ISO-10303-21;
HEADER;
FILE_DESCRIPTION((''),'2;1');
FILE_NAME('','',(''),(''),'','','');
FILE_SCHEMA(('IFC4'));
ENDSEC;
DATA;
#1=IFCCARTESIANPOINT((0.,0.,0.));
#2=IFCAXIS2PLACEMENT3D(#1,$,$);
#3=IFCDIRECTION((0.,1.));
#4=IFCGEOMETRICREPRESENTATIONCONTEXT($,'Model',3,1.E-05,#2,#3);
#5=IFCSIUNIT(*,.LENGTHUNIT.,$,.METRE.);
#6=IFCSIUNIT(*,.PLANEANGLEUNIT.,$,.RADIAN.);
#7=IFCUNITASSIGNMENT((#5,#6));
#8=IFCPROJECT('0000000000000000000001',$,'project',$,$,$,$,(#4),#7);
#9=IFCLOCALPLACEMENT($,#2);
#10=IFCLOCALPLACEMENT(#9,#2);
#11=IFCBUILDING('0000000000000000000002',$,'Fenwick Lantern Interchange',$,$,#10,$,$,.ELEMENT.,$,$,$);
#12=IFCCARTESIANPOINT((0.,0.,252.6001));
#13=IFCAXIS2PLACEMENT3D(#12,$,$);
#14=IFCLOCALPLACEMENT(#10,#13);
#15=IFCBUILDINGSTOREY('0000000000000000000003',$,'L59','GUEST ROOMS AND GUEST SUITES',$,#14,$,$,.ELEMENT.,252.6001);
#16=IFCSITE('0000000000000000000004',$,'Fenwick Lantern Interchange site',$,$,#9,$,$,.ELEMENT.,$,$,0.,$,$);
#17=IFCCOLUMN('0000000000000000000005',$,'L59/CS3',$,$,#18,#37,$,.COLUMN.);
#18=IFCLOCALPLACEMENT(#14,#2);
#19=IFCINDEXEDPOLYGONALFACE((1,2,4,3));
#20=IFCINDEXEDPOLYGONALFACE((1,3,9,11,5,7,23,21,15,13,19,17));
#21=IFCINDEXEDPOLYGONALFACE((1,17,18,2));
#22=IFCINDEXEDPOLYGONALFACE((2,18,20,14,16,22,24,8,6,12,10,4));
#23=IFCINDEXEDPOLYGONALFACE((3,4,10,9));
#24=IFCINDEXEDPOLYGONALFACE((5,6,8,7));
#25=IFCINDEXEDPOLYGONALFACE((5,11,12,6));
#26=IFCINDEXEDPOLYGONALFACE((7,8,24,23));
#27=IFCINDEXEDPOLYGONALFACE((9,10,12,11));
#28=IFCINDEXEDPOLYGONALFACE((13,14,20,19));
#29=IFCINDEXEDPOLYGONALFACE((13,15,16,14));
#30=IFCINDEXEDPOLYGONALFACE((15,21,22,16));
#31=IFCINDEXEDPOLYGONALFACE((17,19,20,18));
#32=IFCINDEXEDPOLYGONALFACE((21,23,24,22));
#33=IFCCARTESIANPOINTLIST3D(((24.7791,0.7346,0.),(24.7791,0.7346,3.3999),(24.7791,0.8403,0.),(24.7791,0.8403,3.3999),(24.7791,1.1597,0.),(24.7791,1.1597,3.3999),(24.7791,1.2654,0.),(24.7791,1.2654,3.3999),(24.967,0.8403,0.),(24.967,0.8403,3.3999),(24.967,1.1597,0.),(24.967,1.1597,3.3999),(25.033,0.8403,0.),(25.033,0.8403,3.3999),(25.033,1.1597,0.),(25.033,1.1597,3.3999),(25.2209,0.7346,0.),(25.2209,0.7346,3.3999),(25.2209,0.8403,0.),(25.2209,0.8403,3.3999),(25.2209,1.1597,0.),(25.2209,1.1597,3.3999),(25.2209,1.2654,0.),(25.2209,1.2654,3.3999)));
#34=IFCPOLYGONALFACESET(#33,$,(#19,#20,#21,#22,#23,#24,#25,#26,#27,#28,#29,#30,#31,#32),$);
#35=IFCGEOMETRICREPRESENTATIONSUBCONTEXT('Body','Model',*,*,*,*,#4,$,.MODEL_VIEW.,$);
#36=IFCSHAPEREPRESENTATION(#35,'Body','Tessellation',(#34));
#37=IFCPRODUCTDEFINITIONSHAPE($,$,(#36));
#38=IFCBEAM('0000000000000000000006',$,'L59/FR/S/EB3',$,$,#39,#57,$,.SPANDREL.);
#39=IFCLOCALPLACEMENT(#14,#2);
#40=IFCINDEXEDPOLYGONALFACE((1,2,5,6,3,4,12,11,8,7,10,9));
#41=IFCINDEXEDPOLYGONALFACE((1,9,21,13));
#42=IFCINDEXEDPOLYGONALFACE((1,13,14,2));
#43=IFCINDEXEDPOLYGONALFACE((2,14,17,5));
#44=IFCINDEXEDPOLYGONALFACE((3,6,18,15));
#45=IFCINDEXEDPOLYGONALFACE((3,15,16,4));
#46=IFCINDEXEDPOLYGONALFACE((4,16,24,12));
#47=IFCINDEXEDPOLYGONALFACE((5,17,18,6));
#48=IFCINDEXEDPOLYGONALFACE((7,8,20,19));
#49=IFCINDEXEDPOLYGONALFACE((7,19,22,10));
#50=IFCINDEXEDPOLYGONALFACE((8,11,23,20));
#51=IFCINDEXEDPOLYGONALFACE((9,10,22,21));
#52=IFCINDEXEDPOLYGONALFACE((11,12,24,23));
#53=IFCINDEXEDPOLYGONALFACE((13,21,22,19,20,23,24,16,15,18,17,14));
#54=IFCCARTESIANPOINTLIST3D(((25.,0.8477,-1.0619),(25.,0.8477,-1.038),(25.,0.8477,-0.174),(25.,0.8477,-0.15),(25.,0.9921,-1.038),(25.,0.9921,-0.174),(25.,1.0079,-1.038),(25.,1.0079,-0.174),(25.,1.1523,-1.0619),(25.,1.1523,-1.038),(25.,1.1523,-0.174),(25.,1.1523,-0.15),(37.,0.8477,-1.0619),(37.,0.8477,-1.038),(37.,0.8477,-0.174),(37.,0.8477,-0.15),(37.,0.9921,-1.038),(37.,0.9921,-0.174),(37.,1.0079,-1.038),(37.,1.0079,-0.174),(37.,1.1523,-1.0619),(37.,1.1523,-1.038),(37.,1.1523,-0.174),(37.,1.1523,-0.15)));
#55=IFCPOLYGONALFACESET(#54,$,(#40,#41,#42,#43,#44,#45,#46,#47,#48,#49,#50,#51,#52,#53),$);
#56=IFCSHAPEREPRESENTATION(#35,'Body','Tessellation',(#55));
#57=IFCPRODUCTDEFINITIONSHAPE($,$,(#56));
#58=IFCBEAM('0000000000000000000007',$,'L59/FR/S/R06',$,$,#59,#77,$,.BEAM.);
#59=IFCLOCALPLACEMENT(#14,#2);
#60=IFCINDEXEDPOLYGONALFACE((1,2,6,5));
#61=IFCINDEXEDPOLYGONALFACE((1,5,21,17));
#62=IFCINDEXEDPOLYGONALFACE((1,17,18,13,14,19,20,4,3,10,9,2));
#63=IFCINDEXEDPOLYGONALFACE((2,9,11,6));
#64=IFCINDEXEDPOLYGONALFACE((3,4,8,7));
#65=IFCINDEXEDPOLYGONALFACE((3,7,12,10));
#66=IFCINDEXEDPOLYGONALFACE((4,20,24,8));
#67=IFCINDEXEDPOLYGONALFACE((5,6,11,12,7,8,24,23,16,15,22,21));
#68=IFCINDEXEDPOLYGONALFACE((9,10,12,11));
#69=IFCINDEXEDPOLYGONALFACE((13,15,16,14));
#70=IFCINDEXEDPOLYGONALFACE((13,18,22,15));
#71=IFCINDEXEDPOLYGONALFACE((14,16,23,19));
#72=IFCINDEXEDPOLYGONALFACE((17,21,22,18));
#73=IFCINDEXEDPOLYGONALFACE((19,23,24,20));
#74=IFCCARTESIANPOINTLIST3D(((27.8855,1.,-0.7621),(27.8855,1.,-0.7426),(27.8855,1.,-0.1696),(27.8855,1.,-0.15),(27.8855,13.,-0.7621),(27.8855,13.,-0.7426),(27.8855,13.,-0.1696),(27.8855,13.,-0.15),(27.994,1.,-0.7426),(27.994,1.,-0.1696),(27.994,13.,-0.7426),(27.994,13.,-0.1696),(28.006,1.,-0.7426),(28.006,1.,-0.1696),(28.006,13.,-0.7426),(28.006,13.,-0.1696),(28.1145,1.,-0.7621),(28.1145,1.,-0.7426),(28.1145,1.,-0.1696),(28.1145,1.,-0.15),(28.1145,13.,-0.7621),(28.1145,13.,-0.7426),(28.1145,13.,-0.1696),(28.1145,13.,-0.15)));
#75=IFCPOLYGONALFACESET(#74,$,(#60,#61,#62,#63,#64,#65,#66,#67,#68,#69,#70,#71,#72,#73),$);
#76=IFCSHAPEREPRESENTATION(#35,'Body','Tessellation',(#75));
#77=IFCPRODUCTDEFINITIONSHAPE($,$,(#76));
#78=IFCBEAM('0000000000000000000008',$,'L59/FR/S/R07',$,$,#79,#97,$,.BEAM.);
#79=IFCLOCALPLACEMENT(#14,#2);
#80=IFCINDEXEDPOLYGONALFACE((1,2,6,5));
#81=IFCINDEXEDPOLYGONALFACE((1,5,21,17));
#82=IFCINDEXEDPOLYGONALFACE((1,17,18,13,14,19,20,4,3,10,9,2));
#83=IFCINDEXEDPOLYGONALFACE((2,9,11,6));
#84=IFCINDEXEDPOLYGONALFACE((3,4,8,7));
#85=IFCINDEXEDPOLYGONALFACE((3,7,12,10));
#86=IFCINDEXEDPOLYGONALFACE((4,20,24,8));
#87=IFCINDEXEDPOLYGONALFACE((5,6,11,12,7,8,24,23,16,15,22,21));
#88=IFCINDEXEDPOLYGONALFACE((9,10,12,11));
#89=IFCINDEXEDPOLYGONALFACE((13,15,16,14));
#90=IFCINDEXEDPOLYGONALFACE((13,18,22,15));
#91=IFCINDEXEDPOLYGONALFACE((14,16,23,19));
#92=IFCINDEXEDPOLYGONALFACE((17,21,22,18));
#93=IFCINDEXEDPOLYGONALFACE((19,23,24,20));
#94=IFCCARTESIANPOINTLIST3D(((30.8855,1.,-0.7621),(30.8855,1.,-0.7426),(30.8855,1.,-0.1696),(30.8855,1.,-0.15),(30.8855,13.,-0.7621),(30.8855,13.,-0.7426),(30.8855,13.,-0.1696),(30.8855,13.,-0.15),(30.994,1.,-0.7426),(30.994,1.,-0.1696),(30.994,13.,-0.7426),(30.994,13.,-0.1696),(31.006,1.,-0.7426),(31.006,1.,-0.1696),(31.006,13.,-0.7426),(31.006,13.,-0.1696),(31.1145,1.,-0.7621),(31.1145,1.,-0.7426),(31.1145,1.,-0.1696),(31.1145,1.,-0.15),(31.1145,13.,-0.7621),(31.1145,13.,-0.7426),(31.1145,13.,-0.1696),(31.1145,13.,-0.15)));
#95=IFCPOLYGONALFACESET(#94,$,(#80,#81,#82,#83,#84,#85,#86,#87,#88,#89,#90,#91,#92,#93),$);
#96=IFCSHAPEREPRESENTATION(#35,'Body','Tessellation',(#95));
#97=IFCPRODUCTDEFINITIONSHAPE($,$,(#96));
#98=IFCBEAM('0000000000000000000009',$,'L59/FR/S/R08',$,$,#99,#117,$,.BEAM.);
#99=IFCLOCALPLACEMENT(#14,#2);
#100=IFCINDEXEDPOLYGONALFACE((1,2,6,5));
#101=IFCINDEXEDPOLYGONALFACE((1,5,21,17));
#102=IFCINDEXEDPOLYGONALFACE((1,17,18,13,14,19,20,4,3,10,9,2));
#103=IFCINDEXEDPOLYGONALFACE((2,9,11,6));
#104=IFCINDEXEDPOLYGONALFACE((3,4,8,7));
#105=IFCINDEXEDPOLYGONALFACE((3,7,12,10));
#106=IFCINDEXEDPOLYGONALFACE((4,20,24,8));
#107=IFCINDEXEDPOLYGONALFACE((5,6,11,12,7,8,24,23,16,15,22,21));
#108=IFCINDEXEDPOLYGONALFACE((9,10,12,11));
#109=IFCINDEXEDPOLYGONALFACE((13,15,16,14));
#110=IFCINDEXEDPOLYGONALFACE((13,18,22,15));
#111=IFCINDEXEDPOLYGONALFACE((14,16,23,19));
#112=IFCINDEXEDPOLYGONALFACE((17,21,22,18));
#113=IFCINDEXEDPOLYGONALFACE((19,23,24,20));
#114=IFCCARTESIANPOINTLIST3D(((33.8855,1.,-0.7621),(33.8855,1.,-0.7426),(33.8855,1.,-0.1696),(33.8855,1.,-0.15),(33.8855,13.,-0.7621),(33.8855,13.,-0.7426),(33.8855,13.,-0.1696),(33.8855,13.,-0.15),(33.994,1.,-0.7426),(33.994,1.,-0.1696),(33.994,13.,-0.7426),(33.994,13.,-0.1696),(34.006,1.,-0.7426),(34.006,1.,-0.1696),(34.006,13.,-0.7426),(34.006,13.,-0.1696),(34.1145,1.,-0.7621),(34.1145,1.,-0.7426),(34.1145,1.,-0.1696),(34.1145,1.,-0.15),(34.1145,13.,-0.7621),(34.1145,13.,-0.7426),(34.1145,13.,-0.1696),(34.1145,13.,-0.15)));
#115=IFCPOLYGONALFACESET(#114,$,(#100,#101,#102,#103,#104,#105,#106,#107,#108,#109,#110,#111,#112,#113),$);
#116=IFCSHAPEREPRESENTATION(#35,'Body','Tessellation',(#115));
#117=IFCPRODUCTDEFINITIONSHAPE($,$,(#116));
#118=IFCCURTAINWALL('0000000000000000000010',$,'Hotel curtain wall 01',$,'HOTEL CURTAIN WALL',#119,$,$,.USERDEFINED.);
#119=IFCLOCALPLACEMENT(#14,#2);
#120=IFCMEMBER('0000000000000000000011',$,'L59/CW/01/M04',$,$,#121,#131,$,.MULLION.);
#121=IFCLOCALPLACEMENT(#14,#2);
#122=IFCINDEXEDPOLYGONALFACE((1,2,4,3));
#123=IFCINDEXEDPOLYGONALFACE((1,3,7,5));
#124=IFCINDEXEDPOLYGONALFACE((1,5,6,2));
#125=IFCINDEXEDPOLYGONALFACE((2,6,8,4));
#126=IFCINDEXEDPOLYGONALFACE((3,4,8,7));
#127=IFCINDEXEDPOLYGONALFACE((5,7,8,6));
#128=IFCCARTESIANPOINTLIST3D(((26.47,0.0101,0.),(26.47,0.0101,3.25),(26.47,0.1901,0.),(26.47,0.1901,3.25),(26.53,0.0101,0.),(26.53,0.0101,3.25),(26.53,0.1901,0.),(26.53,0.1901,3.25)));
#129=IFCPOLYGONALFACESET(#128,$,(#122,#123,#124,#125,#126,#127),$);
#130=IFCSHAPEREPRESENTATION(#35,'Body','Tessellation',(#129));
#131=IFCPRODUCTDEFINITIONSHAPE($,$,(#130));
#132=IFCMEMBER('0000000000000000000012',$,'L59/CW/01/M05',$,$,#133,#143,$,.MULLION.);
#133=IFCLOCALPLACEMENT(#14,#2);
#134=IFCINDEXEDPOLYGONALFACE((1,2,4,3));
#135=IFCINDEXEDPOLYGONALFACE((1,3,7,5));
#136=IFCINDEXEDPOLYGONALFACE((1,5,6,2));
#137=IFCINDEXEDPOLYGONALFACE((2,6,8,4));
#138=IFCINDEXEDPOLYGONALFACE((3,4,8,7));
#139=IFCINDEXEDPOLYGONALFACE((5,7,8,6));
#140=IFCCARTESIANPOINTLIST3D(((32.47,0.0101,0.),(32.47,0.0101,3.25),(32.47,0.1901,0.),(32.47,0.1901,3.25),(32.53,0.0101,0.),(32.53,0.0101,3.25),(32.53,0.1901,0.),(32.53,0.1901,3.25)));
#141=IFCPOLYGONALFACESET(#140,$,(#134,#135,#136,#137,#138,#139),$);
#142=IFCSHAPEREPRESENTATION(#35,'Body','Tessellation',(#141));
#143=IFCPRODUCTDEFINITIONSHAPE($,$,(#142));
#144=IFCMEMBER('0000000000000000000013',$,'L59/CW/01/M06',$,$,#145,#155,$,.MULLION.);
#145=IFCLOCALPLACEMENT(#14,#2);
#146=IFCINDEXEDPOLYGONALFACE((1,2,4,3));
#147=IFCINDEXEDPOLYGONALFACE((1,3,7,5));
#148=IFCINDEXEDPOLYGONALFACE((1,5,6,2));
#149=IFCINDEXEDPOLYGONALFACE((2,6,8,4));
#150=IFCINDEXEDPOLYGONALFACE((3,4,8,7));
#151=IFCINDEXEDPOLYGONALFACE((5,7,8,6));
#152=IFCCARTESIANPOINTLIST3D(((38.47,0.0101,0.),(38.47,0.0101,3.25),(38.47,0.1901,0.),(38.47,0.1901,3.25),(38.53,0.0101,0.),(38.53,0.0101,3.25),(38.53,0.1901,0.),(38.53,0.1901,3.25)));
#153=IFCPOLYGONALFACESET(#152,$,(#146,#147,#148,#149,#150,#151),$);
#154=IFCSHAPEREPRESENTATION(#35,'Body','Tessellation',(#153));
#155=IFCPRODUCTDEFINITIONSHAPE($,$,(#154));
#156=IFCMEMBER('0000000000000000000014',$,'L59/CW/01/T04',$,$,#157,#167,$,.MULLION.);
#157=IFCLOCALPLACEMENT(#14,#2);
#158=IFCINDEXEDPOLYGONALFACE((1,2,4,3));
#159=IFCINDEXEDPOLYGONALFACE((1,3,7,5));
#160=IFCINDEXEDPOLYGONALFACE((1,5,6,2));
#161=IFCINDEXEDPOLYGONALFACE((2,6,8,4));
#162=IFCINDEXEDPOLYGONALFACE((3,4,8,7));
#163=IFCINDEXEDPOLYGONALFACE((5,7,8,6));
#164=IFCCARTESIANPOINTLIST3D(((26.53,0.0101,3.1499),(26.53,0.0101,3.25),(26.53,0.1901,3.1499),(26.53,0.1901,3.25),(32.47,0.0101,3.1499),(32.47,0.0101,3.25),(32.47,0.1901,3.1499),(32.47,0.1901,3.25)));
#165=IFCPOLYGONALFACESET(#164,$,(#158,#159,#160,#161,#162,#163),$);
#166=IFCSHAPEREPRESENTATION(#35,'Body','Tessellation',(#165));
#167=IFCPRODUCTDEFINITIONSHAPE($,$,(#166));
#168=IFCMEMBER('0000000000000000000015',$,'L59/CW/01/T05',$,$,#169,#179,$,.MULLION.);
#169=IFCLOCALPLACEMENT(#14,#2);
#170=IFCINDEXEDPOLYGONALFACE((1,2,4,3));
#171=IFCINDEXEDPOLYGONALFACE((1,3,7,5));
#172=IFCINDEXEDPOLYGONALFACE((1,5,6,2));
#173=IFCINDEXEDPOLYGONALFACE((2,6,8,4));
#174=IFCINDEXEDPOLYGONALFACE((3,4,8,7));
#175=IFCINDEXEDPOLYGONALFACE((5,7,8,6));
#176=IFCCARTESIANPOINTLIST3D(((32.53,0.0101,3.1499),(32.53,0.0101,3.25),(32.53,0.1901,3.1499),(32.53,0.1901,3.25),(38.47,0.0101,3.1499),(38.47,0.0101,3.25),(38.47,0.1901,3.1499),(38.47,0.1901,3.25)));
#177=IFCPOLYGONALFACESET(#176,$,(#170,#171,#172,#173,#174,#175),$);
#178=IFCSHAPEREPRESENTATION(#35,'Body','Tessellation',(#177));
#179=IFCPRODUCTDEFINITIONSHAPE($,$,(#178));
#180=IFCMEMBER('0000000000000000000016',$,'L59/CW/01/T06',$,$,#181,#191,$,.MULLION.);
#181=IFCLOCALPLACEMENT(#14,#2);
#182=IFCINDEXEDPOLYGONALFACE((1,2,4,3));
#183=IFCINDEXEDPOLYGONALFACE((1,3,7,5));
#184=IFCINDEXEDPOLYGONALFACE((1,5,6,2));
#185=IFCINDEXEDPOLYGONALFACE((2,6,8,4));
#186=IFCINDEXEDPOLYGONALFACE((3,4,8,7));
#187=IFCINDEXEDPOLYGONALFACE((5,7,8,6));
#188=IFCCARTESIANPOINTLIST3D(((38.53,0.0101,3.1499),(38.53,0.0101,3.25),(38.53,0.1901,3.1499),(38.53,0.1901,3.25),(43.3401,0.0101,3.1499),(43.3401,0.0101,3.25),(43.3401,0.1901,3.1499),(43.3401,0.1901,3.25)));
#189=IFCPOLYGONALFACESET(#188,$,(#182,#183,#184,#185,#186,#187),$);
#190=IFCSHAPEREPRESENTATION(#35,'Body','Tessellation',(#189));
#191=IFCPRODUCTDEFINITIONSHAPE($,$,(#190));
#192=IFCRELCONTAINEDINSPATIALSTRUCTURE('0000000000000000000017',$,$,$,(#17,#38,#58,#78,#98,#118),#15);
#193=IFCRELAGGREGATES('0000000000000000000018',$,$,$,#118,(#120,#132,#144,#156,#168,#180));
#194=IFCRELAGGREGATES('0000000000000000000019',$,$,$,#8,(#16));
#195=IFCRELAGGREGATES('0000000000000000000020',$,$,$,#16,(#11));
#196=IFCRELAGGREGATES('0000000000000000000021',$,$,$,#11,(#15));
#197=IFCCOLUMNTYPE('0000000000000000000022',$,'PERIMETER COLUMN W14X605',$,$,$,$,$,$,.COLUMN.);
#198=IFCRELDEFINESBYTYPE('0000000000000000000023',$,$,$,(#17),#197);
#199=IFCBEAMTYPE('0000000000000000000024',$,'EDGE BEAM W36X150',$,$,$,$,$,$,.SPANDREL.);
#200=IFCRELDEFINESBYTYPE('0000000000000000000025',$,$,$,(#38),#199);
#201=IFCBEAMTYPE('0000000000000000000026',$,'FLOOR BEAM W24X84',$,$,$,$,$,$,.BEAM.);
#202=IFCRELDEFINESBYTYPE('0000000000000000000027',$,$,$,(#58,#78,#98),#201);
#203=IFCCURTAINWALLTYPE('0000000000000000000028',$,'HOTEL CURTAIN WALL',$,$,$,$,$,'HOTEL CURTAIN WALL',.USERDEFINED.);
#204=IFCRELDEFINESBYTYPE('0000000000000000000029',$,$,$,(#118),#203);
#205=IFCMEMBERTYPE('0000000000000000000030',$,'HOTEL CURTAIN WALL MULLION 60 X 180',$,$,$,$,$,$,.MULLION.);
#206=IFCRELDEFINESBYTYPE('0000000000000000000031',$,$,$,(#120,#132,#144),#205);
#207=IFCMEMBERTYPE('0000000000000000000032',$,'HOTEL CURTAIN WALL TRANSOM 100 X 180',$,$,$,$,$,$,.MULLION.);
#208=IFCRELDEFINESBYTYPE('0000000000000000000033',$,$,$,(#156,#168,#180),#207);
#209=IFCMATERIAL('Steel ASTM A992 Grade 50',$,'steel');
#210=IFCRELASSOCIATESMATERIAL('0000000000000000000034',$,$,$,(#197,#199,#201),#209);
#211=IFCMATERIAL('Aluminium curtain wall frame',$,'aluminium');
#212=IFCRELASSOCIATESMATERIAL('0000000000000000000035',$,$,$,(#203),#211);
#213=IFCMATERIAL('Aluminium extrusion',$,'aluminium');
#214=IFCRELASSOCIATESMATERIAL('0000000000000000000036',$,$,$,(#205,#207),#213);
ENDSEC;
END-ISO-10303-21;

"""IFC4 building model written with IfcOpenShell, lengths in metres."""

from ifc_helpers import new_model, si_unit, direction, frame, origin, origin_2d, place, context, subcontext, project, spatial, rectangle, i_section, extrude, material, material_profile, profile_set, type_object, element, aggregate, save


model = new_model("IFC4")

# Units and contexts
model_context = context("Model", 3, precision=1e-05, world=origin(), true_north=direction((0.0, 1.0)))
body_context = subcontext(model_context, "Body", "Model", "MODEL_VIEW")
ifc_project = project(units=[si_unit("LENGTHUNIT", "METRE"), si_unit("PLANEANGLEUNIT", "RADIAN")], contexts=[model_context])

# Site, building, storey
site_placement = place(None, origin())
site = spatial("IfcSite", under=ifc_project, at=site_placement, Name="Fenwick Lantern Interchange site", CompositionType="ELEMENT", RefElevation=0.0)
building_placement = place(site_placement, origin())
building = spatial("IfcBuilding", under=site, at=building_placement, Name="Fenwick Lantern Interchange", CompositionType="ELEMENT")
storey_placement = place(building_placement, frame((0.0, 0.0, 252.6001)))
storey = spatial("IfcBuildingStorey", under=building, at=storey_placement, Name="L59", Description="GUEST ROOMS AND GUEST SUITES", CompositionType="ELEMENT", Elevation=252.6001)

# Column
ifc_material_1 = material(Name="Steel ASTM A992 Grade 50", Category="steel")
ifc_material_profile_1 = material_profile(ifc_material_1, i_section(OverallWidth=0.4419, OverallDepth=0.5308, WebThickness=0.0659, FlangeThickness=0.1057, at=origin_2d()), Name="W14X605")
ifc_profile_set_1 = profile_set([ifc_material_profile_1], Name="Steel ASTM A992 Grade 50")
column_type = type_object("IfcColumnType", Name="PERIMETER COLUMN W14X605", PredefinedType="COLUMN", material=ifc_profile_set_1)
column_placement = place(storey_placement, frame((25.0, 1.0, 0.0), z_axis=(0.0, 0.0, 1.0), x_axis=(1.0, 0.0, 0.0)))
element("IfcColumn", 1, at=column_placement, inside=storey, type_object=column_type, Name="L59/CS3", PredefinedType="COLUMN", context=body_context, shape_type="SweptSolid", body=[
    extrude(i_section(OverallWidth=0.4419, OverallDepth=0.5308, WebThickness=0.0659, FlangeThickness=0.1057, at=origin_2d()), origin(), (0.0, 0.0, 1.0), 3.3999),
])

# Beams
ifc_material_profile_2 = material_profile(ifc_material_1, i_section(OverallWidth=0.3047, OverallDepth=0.9119, WebThickness=0.0159, FlangeThickness=0.0239, at=origin_2d()), Name="W36X150")
ifc_profile_set_2 = profile_set([ifc_material_profile_2], Name="Steel ASTM A992 Grade 50")
beam_type_1 = type_object("IfcBeamType", Name="EDGE BEAM W36X150", PredefinedType="SPANDREL", material=ifc_profile_set_2)
beam_1_placement = place(storey_placement, frame((25.0, 1.0, -0.606), z_axis=(1.0, 0.0, 0.0), x_axis=(0.0, 1.0, 0.0)))
element("IfcBeam", 2, at=beam_1_placement, inside=storey, type_object=beam_type_1, Name="L59/FR/S/EB3", PredefinedType="SPANDREL", context=body_context, shape_type="SweptSolid", body=[
    extrude(i_section(OverallWidth=0.3047, OverallDepth=0.9119, WebThickness=0.0159, FlangeThickness=0.0239, at=origin_2d()), origin(), (0.0, 0.0, 1.0), 12.0),
])
ifc_material_profile_3 = material_profile(ifc_material_1, i_section(OverallWidth=0.229, OverallDepth=0.6121, WebThickness=0.012, FlangeThickness=0.0195, at=origin_2d()), Name="W24X84")
ifc_profile_set_3 = profile_set([ifc_material_profile_3], Name="Steel ASTM A992 Grade 50")
beam_type_2 = type_object("IfcBeamType", Name="FLOOR BEAM W24X84", PredefinedType="BEAM", material=ifc_profile_set_3)
for number, where, z_axis, x_axis, name in (
    (3, (28.0, 1.0, -0.4561), (0.0, 1.0, 0.0), (-1.0, 0.0, 0.0), "L59/FR/S/R06"),
    (4, (31.0, 1.0, -0.4561), (0.0, 1.0, 0.0), (-1.0, 0.0, 0.0), "L59/FR/S/R07"),
    (5, (34.0, 1.0, -0.4561), (0.0, 1.0, 0.0), (-1.0, 0.0, 0.0), "L59/FR/S/R08"),
):
    element("IfcBeam", number, at=place(storey_placement, frame(where, z_axis=z_axis, x_axis=x_axis)), inside=storey, type_object=beam_type_2, Name=name, PredefinedType="BEAM", context=body_context, shape_type="SweptSolid", body=[
        extrude(i_section(OverallWidth=0.229, OverallDepth=0.6121, WebThickness=0.012, FlangeThickness=0.0195, at=origin_2d()), origin(), (0.0, 0.0, 1.0), 12.0),
    ])

# Curtain wall, members
ifc_material_2 = material(Name="Aluminium curtain wall frame", Category="aluminium")
curtain_wall_type = type_object("IfcCurtainWallType", Name="HOTEL CURTAIN WALL", ElementType="HOTEL CURTAIN WALL", PredefinedType="USERDEFINED", material=ifc_material_2)
curtain_wall_placement = place(storey_placement, origin())
curtain_wall = element("IfcCurtainWall", 6, at=curtain_wall_placement, inside=storey, type_object=curtain_wall_type, Name="Hotel curtain wall 01", ObjectType="HOTEL CURTAIN WALL", PredefinedType="USERDEFINED")
ifc_material_3 = material(Name="Aluminium extrusion", Category="aluminium")
ifc_material_profile_4 = material_profile(ifc_material_3, rectangle(XDim=0.1799, YDim=0.0601, at=origin_2d()), Name="HOTEL CURTAIN WALL MULLION 60 X 180")
ifc_profile_set_4 = profile_set([ifc_material_profile_4], Name="Aluminium extrusion")
member_type_1 = type_object("IfcMemberType", Name="HOTEL CURTAIN WALL MULLION 60 X 180", PredefinedType="MULLION", material=ifc_profile_set_4)
member_1_placement = place(storey_placement, frame((26.5, 0.1001, 0.0), z_axis=(0.0, 0.0, 1.0), x_axis=(0.0, 1.0, 0.0)))
member_1 = element("IfcMember", 7, at=member_1_placement, type_object=member_type_1, Name="L59/CW/01/M04", PredefinedType="MULLION", context=body_context, shape_type="SweptSolid", body=[
    extrude(rectangle(XDim=0.1799, YDim=0.0601, at=origin_2d()), origin(), (0.0, 0.0, 1.0), 3.25),
])
member_2_placement = place(storey_placement, frame((32.5, 0.1001, 0.0), z_axis=(0.0, 0.0, 1.0), x_axis=(0.0, 1.0, 0.0)))
member_2 = element("IfcMember", 8, at=member_2_placement, type_object=member_type_1, Name="L59/CW/01/M05", PredefinedType="MULLION", context=body_context, shape_type="SweptSolid", body=[
    extrude(rectangle(XDim=0.1799, YDim=0.0601, at=origin_2d()), origin(), (0.0, 0.0, 1.0), 3.25),
])
member_3_placement = place(storey_placement, frame((38.5, 0.1001, 0.0), z_axis=(0.0, 0.0, 1.0), x_axis=(0.0, 1.0, 0.0)))
member_3 = element("IfcMember", 9, at=member_3_placement, type_object=member_type_1, Name="L59/CW/01/M06", PredefinedType="MULLION", context=body_context, shape_type="SweptSolid", body=[
    extrude(rectangle(XDim=0.1799, YDim=0.0601, at=origin_2d()), origin(), (0.0, 0.0, 1.0), 3.25),
])
ifc_material_profile_5 = material_profile(ifc_material_3, rectangle(XDim=0.1799, YDim=0.1001, at=origin_2d()), Name="HOTEL CURTAIN WALL TRANSOM 100 X 180")
ifc_profile_set_5 = profile_set([ifc_material_profile_5], Name="Aluminium extrusion")
member_type_2 = type_object("IfcMemberType", Name="HOTEL CURTAIN WALL TRANSOM 100 X 180", PredefinedType="MULLION", material=ifc_profile_set_5)
member_4_placement = place(storey_placement, frame((26.53, 0.1001, 3.2), z_axis=(1.0, 0.0, 0.0), x_axis=(0.0, 1.0, 0.0)))
member_4 = element("IfcMember", 10, at=member_4_placement, type_object=member_type_2, Name="L59/CW/01/T04", PredefinedType="MULLION", context=body_context, shape_type="SweptSolid", body=[
    extrude(rectangle(XDim=0.1799, YDim=0.1001, at=origin_2d()), origin(), (0.0, 0.0, 1.0), 5.9399),
])
member_5_placement = place(storey_placement, frame((32.53, 0.1001, 3.2), z_axis=(1.0, 0.0, 0.0), x_axis=(0.0, 1.0, 0.0)))
member_5 = element("IfcMember", 11, at=member_5_placement, type_object=member_type_2, Name="L59/CW/01/T05", PredefinedType="MULLION", context=body_context, shape_type="SweptSolid", body=[
    extrude(rectangle(XDim=0.1799, YDim=0.1001, at=origin_2d()), origin(), (0.0, 0.0, 1.0), 5.9399),
])
member_6_placement = place(storey_placement, frame((38.53, 0.1001, 3.2), z_axis=(1.0, 0.0, 0.0), x_axis=(0.0, 1.0, 0.0)))
member_6 = element("IfcMember", 12, at=member_6_placement, type_object=member_type_2, Name="L59/CW/01/T06", PredefinedType="MULLION", context=body_context, shape_type="SweptSolid", body=[
    extrude(rectangle(XDim=0.1799, YDim=0.1001, at=origin_2d()), origin(), (0.0, 0.0, 1.0), 4.8101),
])

aggregate(curtain_wall, [member_1, member_2, member_3, member_4, member_5, member_6])

save(model, "model.ifc")
